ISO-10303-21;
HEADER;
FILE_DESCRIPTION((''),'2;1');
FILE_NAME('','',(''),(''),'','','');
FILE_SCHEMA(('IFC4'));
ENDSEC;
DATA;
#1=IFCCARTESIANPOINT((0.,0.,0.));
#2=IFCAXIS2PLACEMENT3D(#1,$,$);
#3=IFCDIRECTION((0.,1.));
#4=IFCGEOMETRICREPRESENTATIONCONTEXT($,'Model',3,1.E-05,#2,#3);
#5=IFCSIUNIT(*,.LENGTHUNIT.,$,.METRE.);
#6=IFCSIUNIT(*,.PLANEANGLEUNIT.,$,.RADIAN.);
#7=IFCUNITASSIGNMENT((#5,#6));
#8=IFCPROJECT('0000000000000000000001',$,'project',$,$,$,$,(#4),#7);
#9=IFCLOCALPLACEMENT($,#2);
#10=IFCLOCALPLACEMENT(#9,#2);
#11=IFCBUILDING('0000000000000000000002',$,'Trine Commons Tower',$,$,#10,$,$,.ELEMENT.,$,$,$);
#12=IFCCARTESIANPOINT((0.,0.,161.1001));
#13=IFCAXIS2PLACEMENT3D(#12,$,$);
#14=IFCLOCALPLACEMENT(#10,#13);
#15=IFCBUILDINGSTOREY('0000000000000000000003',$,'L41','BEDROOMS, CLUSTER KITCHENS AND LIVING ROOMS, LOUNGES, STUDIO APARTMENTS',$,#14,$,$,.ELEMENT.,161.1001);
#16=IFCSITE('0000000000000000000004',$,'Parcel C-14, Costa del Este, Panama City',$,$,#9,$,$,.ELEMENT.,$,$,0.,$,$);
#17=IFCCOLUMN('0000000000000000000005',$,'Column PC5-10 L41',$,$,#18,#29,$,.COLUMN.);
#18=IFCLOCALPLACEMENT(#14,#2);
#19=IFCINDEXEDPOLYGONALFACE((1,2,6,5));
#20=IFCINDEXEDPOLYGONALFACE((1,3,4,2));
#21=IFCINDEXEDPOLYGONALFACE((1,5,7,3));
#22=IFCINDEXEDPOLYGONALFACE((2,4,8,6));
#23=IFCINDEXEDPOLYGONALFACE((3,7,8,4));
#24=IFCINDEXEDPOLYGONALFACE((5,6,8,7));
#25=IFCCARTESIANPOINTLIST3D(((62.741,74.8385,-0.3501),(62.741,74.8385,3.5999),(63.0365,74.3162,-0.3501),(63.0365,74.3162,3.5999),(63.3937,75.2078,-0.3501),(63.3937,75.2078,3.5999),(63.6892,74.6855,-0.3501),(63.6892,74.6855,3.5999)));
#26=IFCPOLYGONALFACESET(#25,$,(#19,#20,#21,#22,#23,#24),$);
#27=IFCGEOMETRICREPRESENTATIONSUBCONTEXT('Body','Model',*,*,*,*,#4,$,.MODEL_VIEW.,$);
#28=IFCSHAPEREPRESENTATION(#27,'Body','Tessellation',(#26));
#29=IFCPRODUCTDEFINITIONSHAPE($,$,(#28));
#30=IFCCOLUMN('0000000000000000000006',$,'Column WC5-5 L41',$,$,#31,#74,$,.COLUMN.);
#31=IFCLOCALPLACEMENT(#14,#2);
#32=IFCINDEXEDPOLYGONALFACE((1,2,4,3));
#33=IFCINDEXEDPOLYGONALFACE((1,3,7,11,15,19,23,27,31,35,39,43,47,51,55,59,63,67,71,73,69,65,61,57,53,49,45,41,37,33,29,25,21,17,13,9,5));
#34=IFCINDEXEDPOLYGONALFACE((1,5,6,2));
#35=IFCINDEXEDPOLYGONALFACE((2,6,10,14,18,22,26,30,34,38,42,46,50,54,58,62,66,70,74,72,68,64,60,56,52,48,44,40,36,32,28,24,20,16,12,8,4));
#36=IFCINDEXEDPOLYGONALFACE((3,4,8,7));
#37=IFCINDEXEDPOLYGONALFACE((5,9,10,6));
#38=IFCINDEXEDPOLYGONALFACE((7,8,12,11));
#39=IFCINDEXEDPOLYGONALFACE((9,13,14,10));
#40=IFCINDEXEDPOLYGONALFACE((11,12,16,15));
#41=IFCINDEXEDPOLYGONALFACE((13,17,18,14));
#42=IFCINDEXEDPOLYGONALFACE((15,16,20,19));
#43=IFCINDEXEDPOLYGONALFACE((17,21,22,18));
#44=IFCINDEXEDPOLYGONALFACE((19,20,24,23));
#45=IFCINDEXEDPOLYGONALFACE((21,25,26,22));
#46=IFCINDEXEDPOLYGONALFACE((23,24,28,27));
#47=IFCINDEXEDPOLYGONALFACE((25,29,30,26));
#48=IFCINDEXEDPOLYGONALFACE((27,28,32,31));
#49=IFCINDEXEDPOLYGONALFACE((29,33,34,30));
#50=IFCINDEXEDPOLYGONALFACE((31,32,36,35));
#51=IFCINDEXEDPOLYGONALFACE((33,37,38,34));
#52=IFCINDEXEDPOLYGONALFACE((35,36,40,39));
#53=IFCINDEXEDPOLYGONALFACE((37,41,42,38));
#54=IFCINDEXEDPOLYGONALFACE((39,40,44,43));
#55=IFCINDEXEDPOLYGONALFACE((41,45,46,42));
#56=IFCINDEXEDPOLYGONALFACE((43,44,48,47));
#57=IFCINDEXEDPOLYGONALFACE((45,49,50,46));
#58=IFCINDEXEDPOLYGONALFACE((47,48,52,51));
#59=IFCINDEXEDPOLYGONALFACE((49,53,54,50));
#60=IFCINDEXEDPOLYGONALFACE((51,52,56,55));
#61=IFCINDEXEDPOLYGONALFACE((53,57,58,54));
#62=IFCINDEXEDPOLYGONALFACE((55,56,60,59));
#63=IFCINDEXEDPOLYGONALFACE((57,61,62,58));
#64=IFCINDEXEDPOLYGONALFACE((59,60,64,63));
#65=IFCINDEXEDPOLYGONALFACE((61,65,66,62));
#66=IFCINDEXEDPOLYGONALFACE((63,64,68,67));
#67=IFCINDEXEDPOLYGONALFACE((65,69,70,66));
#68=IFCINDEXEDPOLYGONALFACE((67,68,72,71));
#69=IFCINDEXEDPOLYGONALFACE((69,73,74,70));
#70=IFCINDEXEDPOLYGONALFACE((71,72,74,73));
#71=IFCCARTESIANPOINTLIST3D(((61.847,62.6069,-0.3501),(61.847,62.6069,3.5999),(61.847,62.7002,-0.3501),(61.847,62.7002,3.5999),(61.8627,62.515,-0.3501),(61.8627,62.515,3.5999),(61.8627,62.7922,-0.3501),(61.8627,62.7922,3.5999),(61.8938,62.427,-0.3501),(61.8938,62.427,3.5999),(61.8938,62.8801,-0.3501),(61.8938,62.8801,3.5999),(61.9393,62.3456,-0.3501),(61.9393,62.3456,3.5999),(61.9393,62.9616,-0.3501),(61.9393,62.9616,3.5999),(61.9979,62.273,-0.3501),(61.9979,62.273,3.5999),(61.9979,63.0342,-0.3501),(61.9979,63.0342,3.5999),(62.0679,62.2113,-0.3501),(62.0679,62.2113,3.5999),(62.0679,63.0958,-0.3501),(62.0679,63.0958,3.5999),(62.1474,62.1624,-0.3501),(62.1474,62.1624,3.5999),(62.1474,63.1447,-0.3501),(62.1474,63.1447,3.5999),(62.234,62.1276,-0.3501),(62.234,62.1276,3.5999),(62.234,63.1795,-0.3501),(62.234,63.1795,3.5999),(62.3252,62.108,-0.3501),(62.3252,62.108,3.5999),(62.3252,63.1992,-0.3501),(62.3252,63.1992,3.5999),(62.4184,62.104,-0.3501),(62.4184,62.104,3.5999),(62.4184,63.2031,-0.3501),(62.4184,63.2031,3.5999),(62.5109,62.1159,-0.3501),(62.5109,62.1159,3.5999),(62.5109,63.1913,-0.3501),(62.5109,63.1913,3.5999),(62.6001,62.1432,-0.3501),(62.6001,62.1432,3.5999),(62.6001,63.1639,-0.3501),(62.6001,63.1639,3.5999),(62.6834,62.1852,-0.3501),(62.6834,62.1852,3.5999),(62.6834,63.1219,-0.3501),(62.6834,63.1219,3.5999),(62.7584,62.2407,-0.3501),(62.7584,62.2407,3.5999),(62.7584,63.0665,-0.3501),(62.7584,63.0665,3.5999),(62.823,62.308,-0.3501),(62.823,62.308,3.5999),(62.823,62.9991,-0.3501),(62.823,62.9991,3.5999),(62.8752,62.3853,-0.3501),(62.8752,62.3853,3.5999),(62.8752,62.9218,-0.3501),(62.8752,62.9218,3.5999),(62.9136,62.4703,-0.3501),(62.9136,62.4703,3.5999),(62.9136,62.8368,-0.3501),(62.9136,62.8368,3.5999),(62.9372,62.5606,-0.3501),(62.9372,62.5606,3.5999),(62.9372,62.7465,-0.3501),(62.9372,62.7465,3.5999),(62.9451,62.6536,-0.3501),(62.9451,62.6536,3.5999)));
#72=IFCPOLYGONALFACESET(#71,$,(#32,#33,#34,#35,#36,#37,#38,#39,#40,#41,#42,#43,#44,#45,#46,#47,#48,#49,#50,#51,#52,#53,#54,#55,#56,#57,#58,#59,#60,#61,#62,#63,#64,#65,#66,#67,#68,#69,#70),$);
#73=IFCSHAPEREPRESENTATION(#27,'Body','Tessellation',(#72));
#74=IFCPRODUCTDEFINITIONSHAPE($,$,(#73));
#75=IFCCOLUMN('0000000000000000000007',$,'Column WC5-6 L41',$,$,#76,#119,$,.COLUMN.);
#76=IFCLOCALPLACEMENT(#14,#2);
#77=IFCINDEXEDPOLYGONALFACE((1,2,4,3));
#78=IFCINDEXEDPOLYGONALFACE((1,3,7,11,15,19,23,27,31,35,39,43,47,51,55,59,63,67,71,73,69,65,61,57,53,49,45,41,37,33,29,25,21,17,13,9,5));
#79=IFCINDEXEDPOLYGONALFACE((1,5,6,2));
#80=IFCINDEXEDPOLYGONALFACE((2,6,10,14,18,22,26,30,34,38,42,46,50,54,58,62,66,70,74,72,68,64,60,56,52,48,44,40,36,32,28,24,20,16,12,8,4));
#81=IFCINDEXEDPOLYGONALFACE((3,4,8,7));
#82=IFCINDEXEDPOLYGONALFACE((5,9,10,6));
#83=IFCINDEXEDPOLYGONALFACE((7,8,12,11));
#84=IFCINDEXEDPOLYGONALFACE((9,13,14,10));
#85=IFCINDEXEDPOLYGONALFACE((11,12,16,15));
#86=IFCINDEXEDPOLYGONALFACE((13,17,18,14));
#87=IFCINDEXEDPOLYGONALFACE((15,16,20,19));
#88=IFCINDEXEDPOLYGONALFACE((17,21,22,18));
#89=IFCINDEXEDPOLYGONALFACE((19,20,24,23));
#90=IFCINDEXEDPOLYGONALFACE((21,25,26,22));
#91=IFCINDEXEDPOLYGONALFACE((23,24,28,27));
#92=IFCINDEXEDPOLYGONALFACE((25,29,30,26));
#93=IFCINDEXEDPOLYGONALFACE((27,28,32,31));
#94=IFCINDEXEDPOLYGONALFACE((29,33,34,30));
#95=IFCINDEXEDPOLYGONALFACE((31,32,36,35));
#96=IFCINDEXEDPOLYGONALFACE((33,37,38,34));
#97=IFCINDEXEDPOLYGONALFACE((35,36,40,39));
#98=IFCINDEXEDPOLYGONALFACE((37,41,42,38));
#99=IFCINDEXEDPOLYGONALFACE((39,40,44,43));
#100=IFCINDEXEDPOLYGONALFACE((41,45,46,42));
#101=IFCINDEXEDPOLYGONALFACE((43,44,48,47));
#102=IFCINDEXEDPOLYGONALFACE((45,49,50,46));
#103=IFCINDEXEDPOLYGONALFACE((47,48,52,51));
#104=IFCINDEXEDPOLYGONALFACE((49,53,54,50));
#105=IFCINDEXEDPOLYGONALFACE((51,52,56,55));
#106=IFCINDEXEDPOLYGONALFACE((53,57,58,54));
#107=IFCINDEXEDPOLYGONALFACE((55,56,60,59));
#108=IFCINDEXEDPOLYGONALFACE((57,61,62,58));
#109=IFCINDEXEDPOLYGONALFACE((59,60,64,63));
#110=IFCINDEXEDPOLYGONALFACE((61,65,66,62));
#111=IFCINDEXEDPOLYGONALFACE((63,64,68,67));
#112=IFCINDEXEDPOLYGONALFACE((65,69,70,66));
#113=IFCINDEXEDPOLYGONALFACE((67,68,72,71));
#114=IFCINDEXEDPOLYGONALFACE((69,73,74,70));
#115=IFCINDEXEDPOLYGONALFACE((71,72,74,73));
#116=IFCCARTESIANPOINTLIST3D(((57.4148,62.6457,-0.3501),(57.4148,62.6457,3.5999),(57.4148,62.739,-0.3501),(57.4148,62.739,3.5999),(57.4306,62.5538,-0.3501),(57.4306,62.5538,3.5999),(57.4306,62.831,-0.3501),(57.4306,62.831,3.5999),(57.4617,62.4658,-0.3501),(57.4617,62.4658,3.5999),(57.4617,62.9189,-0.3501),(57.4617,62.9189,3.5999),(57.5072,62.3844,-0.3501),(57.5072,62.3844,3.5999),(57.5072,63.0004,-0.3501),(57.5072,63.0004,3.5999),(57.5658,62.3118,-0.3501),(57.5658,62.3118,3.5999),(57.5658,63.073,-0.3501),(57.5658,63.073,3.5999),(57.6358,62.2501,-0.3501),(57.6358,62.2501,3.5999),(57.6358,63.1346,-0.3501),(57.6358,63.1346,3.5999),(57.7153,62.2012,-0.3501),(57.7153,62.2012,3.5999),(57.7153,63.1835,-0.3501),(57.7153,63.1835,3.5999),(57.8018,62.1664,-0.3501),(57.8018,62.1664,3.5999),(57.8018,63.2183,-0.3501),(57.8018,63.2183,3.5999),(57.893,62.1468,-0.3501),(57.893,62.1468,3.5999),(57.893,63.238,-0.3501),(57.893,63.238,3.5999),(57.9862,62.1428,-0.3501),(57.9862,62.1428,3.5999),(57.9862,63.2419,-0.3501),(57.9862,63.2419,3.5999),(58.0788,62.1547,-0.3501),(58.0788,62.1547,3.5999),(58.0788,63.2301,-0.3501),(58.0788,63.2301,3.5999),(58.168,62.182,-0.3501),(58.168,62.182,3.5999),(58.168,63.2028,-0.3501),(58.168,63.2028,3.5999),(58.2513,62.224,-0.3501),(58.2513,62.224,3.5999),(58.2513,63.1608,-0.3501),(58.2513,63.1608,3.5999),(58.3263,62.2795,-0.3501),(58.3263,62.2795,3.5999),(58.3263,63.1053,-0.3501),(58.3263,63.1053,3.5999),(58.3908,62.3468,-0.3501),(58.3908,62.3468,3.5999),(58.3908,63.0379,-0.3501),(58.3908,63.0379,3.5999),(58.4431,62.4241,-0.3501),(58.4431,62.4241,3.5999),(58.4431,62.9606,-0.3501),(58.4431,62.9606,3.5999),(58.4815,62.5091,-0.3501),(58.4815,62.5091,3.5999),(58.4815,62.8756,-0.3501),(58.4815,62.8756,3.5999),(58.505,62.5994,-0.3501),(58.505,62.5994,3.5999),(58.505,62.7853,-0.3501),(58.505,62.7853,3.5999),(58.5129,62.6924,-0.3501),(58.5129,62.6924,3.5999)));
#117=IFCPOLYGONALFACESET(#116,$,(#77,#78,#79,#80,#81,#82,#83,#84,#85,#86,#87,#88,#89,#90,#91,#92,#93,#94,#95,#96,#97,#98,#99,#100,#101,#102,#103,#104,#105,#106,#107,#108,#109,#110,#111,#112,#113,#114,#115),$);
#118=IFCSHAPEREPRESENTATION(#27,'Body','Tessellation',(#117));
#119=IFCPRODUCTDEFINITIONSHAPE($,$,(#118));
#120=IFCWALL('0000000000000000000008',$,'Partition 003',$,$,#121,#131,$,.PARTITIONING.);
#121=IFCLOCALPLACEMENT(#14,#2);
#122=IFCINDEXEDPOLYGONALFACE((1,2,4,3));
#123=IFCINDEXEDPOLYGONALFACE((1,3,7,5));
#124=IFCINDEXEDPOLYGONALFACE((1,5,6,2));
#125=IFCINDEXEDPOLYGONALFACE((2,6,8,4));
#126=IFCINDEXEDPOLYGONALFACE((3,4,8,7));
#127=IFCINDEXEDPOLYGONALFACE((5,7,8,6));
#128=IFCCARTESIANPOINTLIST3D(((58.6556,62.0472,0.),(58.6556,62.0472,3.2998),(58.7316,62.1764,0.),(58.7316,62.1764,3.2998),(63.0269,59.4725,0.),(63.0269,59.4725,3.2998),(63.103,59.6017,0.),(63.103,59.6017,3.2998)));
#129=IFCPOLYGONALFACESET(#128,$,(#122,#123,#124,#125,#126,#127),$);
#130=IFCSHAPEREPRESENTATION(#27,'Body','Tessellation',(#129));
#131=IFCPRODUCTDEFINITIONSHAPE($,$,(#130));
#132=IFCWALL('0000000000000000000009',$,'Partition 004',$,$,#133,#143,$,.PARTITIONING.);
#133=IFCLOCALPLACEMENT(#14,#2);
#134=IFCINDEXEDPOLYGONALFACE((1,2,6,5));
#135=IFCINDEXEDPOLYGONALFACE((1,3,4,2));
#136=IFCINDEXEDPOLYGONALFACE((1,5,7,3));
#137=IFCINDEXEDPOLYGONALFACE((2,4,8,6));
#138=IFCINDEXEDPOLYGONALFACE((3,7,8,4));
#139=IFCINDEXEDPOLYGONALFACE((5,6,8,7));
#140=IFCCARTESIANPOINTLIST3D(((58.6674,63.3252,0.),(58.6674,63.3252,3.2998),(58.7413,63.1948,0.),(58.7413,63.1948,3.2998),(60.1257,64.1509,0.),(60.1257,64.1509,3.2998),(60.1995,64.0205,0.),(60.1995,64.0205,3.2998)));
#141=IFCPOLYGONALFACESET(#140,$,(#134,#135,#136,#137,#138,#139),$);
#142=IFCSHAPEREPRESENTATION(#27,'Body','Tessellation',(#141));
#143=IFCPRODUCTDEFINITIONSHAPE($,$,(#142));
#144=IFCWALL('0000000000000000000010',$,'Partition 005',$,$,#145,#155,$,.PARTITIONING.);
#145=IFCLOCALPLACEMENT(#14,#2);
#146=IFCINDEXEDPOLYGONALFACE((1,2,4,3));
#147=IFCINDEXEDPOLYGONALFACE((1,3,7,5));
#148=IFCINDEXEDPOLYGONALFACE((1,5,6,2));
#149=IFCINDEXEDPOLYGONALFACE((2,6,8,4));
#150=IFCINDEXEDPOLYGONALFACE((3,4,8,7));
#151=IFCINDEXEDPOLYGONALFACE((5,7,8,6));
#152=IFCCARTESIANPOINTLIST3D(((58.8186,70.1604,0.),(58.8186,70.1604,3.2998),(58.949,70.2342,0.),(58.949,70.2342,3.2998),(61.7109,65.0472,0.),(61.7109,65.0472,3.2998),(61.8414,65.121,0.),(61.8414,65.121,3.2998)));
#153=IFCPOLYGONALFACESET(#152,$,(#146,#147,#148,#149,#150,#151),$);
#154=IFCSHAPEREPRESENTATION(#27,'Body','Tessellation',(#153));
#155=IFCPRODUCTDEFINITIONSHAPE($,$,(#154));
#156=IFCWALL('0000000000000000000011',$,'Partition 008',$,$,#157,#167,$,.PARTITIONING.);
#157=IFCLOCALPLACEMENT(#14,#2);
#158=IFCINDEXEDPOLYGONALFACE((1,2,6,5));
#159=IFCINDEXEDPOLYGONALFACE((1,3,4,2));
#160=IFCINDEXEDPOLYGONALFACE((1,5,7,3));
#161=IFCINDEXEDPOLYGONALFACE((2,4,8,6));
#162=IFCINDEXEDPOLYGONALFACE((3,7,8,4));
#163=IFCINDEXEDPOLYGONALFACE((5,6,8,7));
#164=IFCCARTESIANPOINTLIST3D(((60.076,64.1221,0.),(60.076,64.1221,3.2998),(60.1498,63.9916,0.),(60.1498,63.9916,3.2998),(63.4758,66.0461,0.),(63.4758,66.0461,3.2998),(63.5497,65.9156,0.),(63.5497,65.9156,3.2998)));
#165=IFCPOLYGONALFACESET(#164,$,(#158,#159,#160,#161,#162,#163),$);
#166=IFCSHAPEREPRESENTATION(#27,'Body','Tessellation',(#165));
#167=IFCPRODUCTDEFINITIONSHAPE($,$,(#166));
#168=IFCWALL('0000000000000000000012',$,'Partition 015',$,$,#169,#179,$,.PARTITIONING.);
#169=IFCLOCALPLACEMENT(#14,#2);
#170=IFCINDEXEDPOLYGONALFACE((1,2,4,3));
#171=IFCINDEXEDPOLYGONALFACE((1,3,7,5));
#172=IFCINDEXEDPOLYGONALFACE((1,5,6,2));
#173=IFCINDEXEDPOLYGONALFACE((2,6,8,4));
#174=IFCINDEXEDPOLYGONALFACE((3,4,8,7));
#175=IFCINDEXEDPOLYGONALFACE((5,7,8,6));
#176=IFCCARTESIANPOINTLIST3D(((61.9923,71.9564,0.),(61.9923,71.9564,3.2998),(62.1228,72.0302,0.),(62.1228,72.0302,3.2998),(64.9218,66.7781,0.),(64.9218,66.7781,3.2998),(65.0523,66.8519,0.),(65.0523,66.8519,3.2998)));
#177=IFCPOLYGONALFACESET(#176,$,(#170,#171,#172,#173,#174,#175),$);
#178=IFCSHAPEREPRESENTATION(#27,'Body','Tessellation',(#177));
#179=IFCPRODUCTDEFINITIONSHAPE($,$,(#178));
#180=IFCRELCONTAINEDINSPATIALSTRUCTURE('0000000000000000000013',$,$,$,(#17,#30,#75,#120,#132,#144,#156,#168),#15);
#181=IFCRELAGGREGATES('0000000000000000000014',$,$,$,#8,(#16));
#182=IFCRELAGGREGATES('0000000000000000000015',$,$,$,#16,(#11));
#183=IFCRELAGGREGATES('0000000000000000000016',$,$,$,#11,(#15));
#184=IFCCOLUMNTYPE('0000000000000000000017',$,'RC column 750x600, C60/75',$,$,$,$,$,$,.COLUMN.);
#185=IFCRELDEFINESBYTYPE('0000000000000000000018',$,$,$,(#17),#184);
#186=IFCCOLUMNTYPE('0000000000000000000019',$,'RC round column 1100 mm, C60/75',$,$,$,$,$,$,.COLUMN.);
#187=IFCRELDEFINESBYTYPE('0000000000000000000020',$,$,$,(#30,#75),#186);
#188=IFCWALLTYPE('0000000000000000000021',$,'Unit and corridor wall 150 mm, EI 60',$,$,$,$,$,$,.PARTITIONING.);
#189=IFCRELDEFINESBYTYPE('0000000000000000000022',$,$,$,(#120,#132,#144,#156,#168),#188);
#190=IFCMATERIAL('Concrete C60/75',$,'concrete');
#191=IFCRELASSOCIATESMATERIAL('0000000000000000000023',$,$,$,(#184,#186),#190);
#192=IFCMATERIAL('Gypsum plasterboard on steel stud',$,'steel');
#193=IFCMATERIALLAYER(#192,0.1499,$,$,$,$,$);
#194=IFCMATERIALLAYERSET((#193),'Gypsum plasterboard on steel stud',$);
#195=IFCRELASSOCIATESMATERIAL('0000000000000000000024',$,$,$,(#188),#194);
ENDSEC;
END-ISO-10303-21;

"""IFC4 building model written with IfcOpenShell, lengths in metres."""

from ifc_helpers import new_model, si_unit, direction, frame, frame_2d, origin, origin_2d, place, context, subcontext, project, spatial, rectangle, circle, extrude, material, layer, layer_set, material_profile, profile_set, type_object, element, save


model = new_model("IFC4")

# Units and contexts
model_context = context("Model", 3, precision=1e-05, world=origin(), true_north=direction((0.0, 1.0)))
body_context = subcontext(model_context, "Body", "Model", "MODEL_VIEW")
ifc_project = project(units=[si_unit("LENGTHUNIT", "METRE"), si_unit("PLANEANGLEUNIT", "RADIAN")], contexts=[model_context])

# Site, building, storey
site_placement = place(None, origin())
site = spatial("IfcSite", under=ifc_project, at=site_placement, Name="Parcel C-14, Costa del Este, Panama City", CompositionType="ELEMENT", RefElevation=0.0)
building_placement = place(site_placement, origin())
building = spatial("IfcBuilding", under=site, at=building_placement, Name="Trine Commons Tower", CompositionType="ELEMENT")
storey_placement = place(building_placement, frame((0.0, 0.0, 161.1001)))
storey = spatial("IfcBuildingStorey", under=building, at=storey_placement, Name="L41", Description="BEDROOMS, CLUSTER KITCHENS AND LIVING ROOMS, LOUNGES, STUDIO APARTMENTS", CompositionType="ELEMENT", Elevation=161.1001)

# Columns
ifc_material_1 = material(Name="Concrete C60/75", Category="concrete")
ifc_material_profile_1 = material_profile(ifc_material_1, rectangle(XDim=0.75, YDim=0.6001, at=origin_2d()), Name="RC 750x600")
ifc_profile_set_1 = profile_set([ifc_material_profile_1], Name="Concrete C60/75")
column_type_1 = type_object("IfcColumnType", Name="RC column 750x600, C60/75", PredefinedType="COLUMN", material=ifc_profile_set_1)
column_placement = place(storey_placement, frame((63.2151, 74.762, -0.3501), z_axis=(0.0, 0.0, 1.0), x_axis=(0.870356, 0.492424, 0.0)))
element("IfcColumn", 1, at=column_placement, inside=storey, type_object=column_type_1, Name="Column PC5-10 L41", PredefinedType="COLUMN", context=body_context, shape_type="SweptSolid", body=[
    extrude(rectangle(XDim=0.75, YDim=0.6001, at=origin_2d()), origin(), (0.0, 0.0, 1.0), 3.95),
])
ifc_material_profile_2 = material_profile(ifc_material_1, circle(Radius=0.55, at=origin_2d()), Name="RC round 1100")
ifc_profile_set_2 = profile_set([ifc_material_profile_2], Name="Concrete C60/75")
column_type_2 = type_object("IfcColumnType", Name="RC round column 1100 mm, C60/75", PredefinedType="COLUMN", material=ifc_profile_set_2)
for number, where, z_axis, x_axis, name in (
    (2, (62.395, 62.6536, -0.3501), (0.0, 0.0, 1.0), (1.0, 0.0, 0.0), "Column WC5-5 L41"),
    (3, (57.9629, 62.6924, -0.3501), (0.0, 0.0, 1.0), (1.0, 0.0, 0.0), "Column WC5-6 L41"),
):
    element("IfcColumn", number, at=place(storey_placement, frame(where, z_axis=z_axis, x_axis=x_axis)), inside=storey, type_object=column_type_2, Name=name, PredefinedType="COLUMN", context=body_context, shape_type="SweptSolid", body=[
        extrude(circle(Radius=0.55, at=origin_2d()), origin(), (0.0, 0.0, 1.0), 3.95),
    ])

# Walls
ifc_material_2 = material(Name="Gypsum plasterboard on steel stud", Category="steel")
ifc_layer_1 = layer(ifc_material_2, 0.1499)
ifc_layer_set_1 = layer_set([ifc_layer_1], Name="Gypsum plasterboard on steel stud")
wall_type_1 = type_object("IfcWallType", Name="Unit and corridor wall 150 mm, EI 60", PredefinedType="PARTITIONING", material=ifc_layer_set_1)
wall_1_placement = place(storey_placement, frame((58.6936, 62.1118, 0.0), z_axis=(0.0, 0.0, 1.0), x_axis=(0.861647, -0.507508, 0.0)))
element("IfcWall", 4, at=wall_1_placement, inside=storey, type_object=wall_type_1, Name="Partition 003", PredefinedType="PARTITIONING", context=body_context, shape_type="SweptSolid", body=[
    extrude(rectangle(XDim=5.0732, YDim=0.1499, at=frame_2d((2.5366, 0.0))), origin(), (0.0, 0.0, 1.0), 3.2998),
])
wall_2_placement = place(storey_placement, frame((58.7043, 63.26, 0.0), z_axis=(0.0, 0.0, 1.0), x_axis=(0.870191, 0.492715, 0.0)))
element("IfcWall", 5, at=wall_2_placement, inside=storey, type_object=wall_type_1, Name="Partition 004", PredefinedType="PARTITIONING", context=body_context, shape_type="SweptSolid", body=[
    extrude(rectangle(XDim=1.6758, YDim=0.1499, at=frame_2d((0.8379, 0.0))), origin(), (0.0, 0.0, 1.0), 3.2998),
])
wall_3_placement = place(storey_placement, frame((58.8838, 70.1973, 0.0), z_axis=(0.0, 0.0, 1.0), x_axis=(0.492361, -0.870391, 0.0)))
element("IfcWall", 6, at=wall_3_placement, inside=storey, type_object=wall_type_1, Name="Partition 005", PredefinedType="PARTITIONING", context=body_context, shape_type="SweptSolid", body=[
    extrude(rectangle(XDim=5.8745, YDim=0.1499, at=frame_2d((2.9373, 0.0))), origin(), (0.0, 0.0, 1.0), 3.2998),
])
wall_4_placement = place(storey_placement, frame((60.113, 64.0569, 0.0), z_axis=(0.0, 0.0, 1.0), x_axis=(0.870301, 0.492521, 0.0)))
element("IfcWall", 7, at=wall_4_placement, inside=storey, type_object=wall_type_1, Name="Partition 008", PredefinedType="PARTITIONING", context=body_context, shape_type="SweptSolid", body=[
    extrude(rectangle(XDim=3.9065, YDim=0.1499, at=frame_2d((1.9531, 0.0))), origin(), (0.0, 0.0, 1.0), 3.2998),
])
wall_5_placement = place(storey_placement, frame((62.0576, 71.9932, 0.0), z_axis=(0.0, 0.0, 1.0), x_axis=(0.492391, -0.870374, 0.0)))
element("IfcWall", 8, at=wall_5_placement, inside=storey, type_object=wall_type_1, Name="Partition 015", PredefinedType="PARTITIONING", context=body_context, shape_type="SweptSolid", body=[
    extrude(rectangle(XDim=5.9495, YDim=0.1499, at=frame_2d((2.9746, 0.0))), origin(), (0.0, 0.0, 1.0), 3.2998),
])

save(model, "model.ifc")
